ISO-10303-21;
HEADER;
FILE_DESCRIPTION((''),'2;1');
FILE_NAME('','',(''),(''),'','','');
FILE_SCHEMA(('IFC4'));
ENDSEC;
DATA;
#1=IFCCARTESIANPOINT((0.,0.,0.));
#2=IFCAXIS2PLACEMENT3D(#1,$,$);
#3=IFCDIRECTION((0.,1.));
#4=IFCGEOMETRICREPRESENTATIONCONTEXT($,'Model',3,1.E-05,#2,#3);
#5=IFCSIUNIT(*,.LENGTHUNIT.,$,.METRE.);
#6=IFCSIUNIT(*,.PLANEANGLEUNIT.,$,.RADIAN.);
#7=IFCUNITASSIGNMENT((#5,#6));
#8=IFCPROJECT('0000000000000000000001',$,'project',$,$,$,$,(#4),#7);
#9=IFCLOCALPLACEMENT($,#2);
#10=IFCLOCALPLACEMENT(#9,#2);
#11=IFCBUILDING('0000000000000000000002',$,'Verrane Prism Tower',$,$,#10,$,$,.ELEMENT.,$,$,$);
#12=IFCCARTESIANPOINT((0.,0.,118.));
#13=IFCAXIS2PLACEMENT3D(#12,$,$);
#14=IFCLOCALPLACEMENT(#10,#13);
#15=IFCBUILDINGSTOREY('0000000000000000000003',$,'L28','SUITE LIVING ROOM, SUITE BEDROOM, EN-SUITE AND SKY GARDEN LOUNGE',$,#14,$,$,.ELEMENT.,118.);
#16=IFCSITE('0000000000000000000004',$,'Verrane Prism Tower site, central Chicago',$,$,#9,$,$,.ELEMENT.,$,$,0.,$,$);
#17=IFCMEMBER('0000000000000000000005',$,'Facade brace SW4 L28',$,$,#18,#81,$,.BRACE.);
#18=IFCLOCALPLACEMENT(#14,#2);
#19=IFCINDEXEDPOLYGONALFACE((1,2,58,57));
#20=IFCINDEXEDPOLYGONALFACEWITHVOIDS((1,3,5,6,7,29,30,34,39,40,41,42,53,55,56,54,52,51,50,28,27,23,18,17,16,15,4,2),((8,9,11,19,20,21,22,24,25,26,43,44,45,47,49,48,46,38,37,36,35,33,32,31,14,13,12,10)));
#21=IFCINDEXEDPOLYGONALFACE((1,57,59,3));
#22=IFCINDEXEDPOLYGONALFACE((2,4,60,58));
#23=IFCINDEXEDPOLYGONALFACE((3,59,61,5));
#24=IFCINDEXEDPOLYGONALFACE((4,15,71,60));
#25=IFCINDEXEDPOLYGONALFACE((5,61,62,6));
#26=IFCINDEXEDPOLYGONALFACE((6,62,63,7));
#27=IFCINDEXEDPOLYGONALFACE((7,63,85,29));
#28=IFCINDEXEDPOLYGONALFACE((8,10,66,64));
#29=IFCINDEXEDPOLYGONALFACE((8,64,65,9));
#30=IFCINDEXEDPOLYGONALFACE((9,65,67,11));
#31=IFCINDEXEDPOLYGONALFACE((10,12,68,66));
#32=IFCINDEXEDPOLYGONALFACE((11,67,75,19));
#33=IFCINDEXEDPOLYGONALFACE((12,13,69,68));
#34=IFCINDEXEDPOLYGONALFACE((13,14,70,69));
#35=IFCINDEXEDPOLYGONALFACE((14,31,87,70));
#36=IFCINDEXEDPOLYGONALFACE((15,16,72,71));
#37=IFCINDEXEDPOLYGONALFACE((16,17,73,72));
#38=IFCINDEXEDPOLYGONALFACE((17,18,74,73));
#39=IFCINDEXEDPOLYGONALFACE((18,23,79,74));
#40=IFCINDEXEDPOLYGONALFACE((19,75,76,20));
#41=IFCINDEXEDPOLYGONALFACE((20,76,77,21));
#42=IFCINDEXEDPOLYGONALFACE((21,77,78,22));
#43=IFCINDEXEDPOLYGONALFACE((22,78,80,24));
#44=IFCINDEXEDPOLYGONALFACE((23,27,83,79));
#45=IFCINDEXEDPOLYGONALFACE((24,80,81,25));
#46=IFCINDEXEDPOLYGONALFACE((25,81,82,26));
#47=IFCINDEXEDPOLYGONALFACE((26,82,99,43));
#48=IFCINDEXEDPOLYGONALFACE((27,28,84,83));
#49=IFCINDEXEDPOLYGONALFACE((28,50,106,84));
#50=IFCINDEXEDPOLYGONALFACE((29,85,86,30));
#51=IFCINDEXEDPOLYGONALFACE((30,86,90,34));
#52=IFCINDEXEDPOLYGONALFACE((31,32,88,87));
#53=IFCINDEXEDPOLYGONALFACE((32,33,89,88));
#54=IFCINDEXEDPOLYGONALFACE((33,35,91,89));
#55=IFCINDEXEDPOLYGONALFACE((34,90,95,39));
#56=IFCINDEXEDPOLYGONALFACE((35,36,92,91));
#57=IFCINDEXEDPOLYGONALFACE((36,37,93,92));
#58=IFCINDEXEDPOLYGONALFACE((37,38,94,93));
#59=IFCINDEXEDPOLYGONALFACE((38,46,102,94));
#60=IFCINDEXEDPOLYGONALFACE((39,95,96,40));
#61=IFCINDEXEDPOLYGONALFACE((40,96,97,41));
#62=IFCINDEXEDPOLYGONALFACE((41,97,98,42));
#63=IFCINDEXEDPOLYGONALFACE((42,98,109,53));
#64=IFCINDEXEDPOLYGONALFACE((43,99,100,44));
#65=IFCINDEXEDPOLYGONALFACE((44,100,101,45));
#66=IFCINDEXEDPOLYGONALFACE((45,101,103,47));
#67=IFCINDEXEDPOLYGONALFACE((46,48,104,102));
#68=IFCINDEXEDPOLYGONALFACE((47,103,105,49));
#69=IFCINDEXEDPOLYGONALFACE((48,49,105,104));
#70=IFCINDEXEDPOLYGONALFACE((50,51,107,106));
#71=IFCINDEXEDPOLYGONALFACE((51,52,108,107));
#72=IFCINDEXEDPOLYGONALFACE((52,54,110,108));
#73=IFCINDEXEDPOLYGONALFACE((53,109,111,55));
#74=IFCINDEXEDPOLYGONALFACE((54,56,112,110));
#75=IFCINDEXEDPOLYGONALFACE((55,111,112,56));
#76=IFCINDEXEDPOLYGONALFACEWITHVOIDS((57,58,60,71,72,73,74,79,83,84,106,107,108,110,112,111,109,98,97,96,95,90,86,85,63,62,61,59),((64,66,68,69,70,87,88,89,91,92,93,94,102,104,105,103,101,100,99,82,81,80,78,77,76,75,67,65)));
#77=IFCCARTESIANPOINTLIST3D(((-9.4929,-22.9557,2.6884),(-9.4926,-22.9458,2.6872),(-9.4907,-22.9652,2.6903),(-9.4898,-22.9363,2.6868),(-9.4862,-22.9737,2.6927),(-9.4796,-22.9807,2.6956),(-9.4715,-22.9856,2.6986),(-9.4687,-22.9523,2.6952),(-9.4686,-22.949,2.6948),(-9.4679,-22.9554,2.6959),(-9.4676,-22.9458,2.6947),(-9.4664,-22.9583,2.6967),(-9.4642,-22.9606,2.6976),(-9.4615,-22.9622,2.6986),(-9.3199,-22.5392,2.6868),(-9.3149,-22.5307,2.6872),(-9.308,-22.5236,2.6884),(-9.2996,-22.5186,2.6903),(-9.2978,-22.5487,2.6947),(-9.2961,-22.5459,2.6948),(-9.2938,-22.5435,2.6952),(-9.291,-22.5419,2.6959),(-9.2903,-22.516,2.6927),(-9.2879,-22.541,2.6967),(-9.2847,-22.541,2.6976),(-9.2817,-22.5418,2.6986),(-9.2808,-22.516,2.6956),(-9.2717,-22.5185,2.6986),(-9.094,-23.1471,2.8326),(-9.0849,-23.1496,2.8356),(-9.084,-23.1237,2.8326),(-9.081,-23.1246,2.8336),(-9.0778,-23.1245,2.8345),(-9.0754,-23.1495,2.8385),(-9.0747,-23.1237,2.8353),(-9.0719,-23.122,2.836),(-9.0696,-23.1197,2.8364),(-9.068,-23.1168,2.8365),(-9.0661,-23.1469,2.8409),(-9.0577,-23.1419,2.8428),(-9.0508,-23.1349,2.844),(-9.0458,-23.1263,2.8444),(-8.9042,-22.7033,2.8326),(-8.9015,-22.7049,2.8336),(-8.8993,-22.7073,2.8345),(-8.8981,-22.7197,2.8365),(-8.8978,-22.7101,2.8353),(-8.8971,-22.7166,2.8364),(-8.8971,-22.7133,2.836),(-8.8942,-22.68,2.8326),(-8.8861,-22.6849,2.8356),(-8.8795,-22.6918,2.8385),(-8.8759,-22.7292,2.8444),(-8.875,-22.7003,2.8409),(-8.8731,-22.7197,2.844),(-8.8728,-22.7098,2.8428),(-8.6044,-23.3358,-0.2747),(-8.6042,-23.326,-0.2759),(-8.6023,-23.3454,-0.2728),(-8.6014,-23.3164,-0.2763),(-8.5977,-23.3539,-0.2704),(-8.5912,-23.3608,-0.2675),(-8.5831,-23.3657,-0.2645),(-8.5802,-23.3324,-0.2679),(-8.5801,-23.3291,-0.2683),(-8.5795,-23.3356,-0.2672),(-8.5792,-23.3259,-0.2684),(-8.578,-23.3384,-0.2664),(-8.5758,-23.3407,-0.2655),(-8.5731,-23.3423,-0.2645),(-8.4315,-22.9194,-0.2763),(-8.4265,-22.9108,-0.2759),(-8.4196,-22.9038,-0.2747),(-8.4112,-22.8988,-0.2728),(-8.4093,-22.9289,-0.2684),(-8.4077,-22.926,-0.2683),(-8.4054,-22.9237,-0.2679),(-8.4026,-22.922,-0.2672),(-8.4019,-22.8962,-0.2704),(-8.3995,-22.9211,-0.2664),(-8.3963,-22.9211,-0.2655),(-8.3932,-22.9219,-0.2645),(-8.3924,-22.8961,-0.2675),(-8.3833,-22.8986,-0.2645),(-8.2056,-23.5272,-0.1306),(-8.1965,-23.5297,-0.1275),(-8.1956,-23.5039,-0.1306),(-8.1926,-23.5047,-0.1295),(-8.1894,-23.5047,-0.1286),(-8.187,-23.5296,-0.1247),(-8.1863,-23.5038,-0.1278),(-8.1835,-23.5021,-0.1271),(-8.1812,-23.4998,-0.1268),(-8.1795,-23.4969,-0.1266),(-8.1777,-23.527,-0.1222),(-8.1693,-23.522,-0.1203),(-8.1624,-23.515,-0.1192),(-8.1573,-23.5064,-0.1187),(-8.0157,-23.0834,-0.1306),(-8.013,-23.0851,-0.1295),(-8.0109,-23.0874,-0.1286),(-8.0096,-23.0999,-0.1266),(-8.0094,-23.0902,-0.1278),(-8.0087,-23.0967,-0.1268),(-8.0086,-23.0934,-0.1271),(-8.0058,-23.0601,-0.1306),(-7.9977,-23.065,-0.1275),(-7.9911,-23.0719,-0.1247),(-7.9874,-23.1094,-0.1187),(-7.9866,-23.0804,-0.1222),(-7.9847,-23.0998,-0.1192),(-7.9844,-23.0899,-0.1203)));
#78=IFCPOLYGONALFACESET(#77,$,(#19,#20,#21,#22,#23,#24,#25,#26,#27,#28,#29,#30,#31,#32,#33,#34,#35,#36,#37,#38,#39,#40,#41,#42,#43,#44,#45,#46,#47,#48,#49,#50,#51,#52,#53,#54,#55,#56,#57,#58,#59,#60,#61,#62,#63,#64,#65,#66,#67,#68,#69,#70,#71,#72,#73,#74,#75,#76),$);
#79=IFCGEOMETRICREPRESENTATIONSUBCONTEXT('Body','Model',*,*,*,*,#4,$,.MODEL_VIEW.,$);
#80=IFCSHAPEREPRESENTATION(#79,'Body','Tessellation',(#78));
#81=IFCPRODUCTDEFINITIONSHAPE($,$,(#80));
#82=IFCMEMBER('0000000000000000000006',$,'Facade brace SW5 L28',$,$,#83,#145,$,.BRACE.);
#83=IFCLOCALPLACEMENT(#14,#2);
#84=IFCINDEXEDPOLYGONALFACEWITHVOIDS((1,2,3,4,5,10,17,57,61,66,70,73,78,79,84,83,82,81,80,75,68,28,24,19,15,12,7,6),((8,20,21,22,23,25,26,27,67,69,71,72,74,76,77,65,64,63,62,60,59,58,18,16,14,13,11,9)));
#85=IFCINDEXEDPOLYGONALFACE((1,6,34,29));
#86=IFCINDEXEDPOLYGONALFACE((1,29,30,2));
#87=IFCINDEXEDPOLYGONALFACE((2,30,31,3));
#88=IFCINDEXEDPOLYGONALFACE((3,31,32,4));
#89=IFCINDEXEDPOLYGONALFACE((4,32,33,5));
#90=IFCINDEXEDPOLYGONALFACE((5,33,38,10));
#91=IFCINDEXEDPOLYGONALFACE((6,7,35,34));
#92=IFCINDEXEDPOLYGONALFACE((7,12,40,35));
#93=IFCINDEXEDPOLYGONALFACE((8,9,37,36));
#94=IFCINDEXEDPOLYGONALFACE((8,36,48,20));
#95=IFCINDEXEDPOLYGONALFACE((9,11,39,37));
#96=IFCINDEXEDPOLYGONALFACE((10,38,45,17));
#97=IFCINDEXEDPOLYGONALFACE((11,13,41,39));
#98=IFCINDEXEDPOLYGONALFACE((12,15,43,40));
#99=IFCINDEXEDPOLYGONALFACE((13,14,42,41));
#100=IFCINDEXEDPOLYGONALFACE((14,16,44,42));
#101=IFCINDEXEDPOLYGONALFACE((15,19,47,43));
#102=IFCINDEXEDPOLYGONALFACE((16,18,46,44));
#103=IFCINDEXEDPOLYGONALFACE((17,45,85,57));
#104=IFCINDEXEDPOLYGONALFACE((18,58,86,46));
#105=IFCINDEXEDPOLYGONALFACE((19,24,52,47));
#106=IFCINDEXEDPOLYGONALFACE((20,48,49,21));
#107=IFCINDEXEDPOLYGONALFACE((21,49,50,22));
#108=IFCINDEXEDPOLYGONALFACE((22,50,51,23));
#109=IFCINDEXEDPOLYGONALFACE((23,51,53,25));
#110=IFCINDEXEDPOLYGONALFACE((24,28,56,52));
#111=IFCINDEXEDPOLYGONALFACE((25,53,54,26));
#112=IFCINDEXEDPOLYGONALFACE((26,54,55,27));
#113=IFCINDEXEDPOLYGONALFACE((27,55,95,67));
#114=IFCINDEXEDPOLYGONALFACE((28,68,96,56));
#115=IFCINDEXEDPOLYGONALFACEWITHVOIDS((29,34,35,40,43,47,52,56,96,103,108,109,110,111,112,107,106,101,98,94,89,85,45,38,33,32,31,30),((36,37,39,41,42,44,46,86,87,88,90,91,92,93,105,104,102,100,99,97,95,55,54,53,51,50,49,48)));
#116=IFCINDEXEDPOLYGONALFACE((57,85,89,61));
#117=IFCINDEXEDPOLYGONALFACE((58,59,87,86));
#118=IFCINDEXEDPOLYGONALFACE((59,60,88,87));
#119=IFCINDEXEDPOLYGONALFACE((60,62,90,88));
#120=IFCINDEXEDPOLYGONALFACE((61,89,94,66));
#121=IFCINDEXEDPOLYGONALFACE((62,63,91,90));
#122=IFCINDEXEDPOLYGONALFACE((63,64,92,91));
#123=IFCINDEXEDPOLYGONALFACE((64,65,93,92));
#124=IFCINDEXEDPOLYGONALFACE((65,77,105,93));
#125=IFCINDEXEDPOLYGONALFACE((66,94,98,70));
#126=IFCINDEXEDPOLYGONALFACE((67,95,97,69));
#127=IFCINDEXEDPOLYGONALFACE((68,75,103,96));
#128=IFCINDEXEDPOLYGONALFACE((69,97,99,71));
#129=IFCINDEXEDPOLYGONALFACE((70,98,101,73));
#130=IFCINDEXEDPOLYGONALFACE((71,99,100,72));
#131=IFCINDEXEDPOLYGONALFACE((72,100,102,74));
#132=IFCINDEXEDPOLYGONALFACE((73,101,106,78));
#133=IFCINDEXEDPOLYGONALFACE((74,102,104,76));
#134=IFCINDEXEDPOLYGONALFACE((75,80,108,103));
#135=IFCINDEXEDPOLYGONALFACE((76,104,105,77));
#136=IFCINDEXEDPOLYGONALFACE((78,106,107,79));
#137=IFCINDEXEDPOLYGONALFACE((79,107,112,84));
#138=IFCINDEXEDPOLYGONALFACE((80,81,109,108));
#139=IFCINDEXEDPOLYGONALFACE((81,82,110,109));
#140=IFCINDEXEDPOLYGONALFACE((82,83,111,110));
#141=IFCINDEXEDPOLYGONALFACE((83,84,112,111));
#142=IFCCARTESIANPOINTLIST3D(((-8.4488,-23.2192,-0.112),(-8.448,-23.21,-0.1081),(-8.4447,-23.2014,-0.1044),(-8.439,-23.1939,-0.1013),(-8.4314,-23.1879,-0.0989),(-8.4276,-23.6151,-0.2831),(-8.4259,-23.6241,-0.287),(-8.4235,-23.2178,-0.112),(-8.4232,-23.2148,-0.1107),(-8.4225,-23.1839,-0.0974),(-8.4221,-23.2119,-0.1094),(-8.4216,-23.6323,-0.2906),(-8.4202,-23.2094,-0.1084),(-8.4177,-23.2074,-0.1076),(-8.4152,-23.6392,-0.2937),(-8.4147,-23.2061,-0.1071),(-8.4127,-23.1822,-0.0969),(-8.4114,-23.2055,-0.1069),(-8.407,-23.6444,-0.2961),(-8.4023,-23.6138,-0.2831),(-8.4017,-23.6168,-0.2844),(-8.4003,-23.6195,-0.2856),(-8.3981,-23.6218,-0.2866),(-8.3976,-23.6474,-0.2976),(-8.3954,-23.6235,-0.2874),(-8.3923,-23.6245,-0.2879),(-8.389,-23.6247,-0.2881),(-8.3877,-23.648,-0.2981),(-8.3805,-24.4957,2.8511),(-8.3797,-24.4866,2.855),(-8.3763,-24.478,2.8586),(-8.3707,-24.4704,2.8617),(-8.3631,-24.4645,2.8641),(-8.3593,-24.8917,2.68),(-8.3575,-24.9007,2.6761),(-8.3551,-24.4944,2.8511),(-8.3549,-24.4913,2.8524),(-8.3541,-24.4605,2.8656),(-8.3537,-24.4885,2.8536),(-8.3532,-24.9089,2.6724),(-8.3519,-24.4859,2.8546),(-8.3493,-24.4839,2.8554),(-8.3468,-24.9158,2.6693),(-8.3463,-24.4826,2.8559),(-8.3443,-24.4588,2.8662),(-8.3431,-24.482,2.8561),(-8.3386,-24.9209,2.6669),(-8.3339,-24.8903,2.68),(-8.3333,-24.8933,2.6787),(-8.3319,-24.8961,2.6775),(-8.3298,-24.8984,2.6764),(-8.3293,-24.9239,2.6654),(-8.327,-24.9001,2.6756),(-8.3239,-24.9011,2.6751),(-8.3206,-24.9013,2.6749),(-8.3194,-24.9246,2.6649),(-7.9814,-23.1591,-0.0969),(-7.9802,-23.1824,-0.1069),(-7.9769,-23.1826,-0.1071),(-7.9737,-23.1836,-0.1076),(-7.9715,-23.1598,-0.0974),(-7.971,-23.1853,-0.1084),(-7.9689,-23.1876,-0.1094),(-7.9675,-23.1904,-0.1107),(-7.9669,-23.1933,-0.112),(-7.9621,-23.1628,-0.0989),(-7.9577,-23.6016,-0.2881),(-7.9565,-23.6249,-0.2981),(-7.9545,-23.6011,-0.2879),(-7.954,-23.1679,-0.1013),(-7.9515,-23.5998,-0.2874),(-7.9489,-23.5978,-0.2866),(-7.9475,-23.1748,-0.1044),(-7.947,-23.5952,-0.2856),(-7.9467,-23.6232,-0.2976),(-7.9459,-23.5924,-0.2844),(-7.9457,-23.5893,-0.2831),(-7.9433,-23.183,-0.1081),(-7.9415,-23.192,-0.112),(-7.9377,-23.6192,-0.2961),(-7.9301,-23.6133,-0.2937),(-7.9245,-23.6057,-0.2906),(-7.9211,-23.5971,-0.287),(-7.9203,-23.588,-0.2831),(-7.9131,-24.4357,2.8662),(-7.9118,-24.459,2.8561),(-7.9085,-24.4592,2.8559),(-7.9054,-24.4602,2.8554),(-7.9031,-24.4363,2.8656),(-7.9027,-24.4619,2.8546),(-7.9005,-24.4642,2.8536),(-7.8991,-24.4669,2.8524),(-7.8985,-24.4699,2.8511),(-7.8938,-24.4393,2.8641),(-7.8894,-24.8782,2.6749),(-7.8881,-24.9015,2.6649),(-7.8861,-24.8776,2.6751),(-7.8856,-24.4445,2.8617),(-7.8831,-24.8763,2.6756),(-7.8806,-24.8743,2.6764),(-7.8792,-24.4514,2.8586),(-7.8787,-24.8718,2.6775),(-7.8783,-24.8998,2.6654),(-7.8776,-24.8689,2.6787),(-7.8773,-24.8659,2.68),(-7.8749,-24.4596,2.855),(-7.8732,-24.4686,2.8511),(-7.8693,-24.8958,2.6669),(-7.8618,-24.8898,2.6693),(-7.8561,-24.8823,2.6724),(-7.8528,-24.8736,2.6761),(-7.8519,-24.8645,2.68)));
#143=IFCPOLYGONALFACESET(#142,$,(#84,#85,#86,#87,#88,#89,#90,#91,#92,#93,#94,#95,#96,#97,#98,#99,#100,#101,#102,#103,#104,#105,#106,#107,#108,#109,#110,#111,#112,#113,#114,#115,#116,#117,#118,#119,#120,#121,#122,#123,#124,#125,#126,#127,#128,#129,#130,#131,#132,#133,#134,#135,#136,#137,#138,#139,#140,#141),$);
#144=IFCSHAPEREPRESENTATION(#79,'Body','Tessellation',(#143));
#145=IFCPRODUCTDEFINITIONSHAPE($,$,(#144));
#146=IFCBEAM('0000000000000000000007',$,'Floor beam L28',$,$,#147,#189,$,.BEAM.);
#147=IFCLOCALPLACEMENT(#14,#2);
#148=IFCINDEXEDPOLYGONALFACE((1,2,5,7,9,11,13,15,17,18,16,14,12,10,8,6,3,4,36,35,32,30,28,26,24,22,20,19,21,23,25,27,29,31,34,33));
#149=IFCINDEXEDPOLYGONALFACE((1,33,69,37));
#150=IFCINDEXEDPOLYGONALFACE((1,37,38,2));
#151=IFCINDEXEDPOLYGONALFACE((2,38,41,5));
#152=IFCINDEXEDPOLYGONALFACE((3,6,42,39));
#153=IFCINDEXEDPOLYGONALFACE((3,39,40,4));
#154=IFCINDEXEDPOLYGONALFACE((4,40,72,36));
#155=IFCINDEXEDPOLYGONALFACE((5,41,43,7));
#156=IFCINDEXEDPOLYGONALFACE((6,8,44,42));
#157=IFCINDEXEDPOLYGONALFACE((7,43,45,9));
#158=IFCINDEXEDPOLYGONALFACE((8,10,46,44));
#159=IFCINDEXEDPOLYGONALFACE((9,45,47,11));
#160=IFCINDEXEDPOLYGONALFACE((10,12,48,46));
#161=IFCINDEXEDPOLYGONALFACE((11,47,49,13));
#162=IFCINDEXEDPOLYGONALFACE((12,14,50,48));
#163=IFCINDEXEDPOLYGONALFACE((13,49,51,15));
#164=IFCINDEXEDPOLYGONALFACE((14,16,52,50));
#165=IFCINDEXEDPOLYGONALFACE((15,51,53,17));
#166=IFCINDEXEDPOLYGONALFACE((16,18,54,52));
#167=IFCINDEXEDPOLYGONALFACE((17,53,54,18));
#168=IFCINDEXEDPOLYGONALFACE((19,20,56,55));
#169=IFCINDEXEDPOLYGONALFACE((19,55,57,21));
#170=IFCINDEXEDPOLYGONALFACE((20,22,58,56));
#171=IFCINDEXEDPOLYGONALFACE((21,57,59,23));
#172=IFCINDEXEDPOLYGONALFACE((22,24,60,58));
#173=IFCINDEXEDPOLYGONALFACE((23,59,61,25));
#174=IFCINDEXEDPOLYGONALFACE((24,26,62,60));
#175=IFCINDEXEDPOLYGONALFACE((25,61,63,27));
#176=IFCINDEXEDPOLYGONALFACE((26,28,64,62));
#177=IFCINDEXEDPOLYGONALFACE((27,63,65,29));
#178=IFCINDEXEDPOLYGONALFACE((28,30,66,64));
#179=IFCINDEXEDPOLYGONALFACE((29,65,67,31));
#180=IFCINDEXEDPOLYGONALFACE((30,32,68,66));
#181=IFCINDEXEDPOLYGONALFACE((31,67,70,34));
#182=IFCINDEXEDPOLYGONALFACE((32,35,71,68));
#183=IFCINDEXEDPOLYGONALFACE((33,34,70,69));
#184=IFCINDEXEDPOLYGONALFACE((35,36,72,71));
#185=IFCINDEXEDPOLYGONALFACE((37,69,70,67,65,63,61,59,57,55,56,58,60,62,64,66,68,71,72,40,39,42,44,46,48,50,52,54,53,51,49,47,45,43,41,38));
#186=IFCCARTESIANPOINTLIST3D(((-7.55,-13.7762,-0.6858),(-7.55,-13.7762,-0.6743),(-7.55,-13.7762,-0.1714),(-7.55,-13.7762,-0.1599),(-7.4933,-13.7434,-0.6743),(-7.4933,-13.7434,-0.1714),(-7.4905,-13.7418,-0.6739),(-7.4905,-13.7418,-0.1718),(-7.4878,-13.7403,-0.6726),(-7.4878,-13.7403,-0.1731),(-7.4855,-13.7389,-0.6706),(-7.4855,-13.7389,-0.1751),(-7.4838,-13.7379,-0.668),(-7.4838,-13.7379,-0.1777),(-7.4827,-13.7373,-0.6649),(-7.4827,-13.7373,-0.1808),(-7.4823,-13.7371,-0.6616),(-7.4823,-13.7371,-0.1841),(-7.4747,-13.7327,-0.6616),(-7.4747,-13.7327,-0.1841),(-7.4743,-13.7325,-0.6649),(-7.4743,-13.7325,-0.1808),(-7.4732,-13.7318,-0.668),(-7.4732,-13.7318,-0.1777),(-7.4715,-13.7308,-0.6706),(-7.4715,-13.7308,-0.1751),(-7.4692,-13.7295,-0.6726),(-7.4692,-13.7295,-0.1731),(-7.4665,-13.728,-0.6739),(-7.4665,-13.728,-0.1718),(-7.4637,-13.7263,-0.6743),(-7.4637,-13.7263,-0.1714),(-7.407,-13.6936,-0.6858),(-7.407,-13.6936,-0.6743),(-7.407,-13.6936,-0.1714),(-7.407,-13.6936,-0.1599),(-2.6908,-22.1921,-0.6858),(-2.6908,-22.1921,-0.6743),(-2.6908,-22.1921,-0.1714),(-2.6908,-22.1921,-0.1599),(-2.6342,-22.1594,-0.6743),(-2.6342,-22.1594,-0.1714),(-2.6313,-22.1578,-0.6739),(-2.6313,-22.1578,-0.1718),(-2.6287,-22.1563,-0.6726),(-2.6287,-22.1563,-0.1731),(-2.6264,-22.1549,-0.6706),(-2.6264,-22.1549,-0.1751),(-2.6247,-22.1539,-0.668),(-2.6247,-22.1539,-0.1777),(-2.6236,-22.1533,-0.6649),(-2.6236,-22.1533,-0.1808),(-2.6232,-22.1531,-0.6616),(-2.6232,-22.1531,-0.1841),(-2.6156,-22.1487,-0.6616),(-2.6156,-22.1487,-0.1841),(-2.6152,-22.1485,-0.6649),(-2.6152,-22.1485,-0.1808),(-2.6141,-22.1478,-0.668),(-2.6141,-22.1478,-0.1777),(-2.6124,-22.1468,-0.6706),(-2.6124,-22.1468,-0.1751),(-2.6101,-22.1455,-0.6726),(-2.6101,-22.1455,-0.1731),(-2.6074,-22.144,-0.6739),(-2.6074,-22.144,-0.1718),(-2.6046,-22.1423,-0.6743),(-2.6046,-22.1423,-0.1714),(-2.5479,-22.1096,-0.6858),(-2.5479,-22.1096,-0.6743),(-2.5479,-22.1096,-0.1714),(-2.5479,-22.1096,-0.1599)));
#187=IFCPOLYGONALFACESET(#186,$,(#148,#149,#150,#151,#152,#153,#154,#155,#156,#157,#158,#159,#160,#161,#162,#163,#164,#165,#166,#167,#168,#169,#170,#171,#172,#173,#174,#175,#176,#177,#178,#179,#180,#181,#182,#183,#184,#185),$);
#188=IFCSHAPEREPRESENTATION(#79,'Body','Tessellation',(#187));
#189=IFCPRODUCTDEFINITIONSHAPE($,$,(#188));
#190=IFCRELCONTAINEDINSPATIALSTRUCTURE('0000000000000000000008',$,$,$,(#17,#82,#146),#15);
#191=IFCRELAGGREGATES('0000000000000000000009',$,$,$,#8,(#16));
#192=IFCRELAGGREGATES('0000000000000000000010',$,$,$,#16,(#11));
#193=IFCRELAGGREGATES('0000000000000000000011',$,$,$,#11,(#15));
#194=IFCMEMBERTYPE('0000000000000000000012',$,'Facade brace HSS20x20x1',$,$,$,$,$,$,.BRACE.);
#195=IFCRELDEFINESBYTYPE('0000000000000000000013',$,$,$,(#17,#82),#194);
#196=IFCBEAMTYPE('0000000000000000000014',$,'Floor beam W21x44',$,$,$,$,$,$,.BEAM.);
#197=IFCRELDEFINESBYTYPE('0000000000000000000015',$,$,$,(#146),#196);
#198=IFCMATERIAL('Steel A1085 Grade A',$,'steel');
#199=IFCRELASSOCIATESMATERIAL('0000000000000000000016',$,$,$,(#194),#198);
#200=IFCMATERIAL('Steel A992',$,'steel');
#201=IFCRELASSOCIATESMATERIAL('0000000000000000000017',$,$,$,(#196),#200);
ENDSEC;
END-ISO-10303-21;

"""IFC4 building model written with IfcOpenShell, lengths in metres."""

from ifc_helpers import new_model, si_unit, direction, frame, origin, origin_2d, place, context, subcontext, project, spatial, hollow_rectangle, i_section, extrude, material, material_profile, profile_set, type_object, element, save


model = new_model("IFC4")

# Units and contexts
model_context = context("Model", 3, precision=1e-05, world=origin(), true_north=direction((0.0, 1.0)))
body_context = subcontext(model_context, "Body", "Model", "MODEL_VIEW")
ifc_project = project(units=[si_unit("LENGTHUNIT", "METRE"), si_unit("PLANEANGLEUNIT", "RADIAN")], contexts=[model_context])

# Site, building, storey
site_placement = place(None, origin())
site = spatial("IfcSite", under=ifc_project, at=site_placement, Name="Verrane Prism Tower site, central Chicago", CompositionType="ELEMENT", RefElevation=0.0)
building_placement = place(site_placement, origin())
building = spatial("IfcBuilding", under=site, at=building_placement, Name="Verrane Prism Tower", CompositionType="ELEMENT")
storey_placement = place(building_placement, frame((0.0, 0.0, 118.0)))
storey = spatial("IfcBuildingStorey", under=building, at=storey_placement, Name="L28", Description="SUITE LIVING ROOM, SUITE BEDROOM, EN-SUITE AND SKY GARDEN LOUNGE", CompositionType="ELEMENT", Elevation=118.0)

# Members
ifc_material_1 = material(Name="Steel A1085 Grade A", Category="steel")
ifc_material_profile_1 = material_profile(ifc_material_1, hollow_rectangle(XDim=0.5081, YDim=0.5081, WallThickness=0.0254, InnerFilletRadius=0.0127, OuterFilletRadius=0.0381, at=origin_2d()), Name="HSS20x20x1")
ifc_profile_set_1 = profile_set([ifc_material_profile_1], Name="Steel A1085 Grade A")
member_type_1 = type_object("IfcMemberType", Name="Facade brace HSS20x20x1", PredefinedType="BRACE", material=ifc_profile_set_1)
member_1_placement = place(storey_placement, frame((-8.2944, -23.2129, -0.1975), z_axis=(-0.285052, 0.121964, 0.950721), x_axis=(-0.39337, -0.91938, 0.0)))
element("IfcMember", 1, at=member_1_placement, inside=storey, type_object=member_type_1, Name="Facade brace SW4 L28", PredefinedType="BRACE", context=body_context, shape_type="SweptSolid", body=[
    extrude(hollow_rectangle(XDim=0.5081, YDim=0.5081, WallThickness=0.0254, InnerFilletRadius=0.0127, OuterFilletRadius=0.0381, at=origin_2d()), origin(), (0.0, 0.0, 1.0), 3.1167),
])
member_2_placement = place(storey_placement, frame((-8.1846, -23.4036, -0.1975), z_axis=(0.021183, -0.395583, 0.918186), x_axis=(0.998569, 0.053471, 0.0)))
element("IfcMember", 2, at=member_2_placement, inside=storey, type_object=member_type_1, Name="Facade brace SW5 L28", PredefinedType="BRACE", context=body_context, shape_type="SweptSolid", body=[
    extrude(hollow_rectangle(XDim=0.5081, YDim=0.5081, WallThickness=0.0254, InnerFilletRadius=0.0127, OuterFilletRadius=0.0381, at=origin_2d()), origin(), (0.0, 0.0, 1.0), 3.2271),
])

# Beam
ifc_material_2 = material(Name="Steel A992", Category="steel")
ifc_material_profile_2 = material_profile(ifc_material_2, i_section(OverallWidth=0.165, OverallDepth=0.5259, WebThickness=0.0088, FlangeThickness=0.0115, FilletRadius=0.0127, at=origin_2d()), Name="W21x44")
ifc_profile_set_2 = profile_set([ifc_material_profile_2], Name="Steel A992")
beam_type_1 = type_object("IfcBeamType", Name="Floor beam W21x44", PredefinedType="BEAM", material=ifc_profile_set_2)
beam_1_placement = place(storey_placement, frame((-2.6194, -22.1509, -0.4229), z_axis=(-0.500011, 0.866019, 0.0), x_axis=(-0.866019, -0.500011, 0.0)))
element("IfcBeam", 3, at=beam_1_placement, inside=storey, type_object=beam_type_1, Name="Floor beam L28", PredefinedType="BEAM", context=body_context, shape_type="SweptSolid", body=[
    extrude(i_section(OverallWidth=0.165, OverallDepth=0.5259, WebThickness=0.0088, FlangeThickness=0.0115, FilletRadius=0.0127, at=origin_2d()), origin(), (0.0, 0.0, 1.0), 9.718),
])

save(model, "model.ifc")
